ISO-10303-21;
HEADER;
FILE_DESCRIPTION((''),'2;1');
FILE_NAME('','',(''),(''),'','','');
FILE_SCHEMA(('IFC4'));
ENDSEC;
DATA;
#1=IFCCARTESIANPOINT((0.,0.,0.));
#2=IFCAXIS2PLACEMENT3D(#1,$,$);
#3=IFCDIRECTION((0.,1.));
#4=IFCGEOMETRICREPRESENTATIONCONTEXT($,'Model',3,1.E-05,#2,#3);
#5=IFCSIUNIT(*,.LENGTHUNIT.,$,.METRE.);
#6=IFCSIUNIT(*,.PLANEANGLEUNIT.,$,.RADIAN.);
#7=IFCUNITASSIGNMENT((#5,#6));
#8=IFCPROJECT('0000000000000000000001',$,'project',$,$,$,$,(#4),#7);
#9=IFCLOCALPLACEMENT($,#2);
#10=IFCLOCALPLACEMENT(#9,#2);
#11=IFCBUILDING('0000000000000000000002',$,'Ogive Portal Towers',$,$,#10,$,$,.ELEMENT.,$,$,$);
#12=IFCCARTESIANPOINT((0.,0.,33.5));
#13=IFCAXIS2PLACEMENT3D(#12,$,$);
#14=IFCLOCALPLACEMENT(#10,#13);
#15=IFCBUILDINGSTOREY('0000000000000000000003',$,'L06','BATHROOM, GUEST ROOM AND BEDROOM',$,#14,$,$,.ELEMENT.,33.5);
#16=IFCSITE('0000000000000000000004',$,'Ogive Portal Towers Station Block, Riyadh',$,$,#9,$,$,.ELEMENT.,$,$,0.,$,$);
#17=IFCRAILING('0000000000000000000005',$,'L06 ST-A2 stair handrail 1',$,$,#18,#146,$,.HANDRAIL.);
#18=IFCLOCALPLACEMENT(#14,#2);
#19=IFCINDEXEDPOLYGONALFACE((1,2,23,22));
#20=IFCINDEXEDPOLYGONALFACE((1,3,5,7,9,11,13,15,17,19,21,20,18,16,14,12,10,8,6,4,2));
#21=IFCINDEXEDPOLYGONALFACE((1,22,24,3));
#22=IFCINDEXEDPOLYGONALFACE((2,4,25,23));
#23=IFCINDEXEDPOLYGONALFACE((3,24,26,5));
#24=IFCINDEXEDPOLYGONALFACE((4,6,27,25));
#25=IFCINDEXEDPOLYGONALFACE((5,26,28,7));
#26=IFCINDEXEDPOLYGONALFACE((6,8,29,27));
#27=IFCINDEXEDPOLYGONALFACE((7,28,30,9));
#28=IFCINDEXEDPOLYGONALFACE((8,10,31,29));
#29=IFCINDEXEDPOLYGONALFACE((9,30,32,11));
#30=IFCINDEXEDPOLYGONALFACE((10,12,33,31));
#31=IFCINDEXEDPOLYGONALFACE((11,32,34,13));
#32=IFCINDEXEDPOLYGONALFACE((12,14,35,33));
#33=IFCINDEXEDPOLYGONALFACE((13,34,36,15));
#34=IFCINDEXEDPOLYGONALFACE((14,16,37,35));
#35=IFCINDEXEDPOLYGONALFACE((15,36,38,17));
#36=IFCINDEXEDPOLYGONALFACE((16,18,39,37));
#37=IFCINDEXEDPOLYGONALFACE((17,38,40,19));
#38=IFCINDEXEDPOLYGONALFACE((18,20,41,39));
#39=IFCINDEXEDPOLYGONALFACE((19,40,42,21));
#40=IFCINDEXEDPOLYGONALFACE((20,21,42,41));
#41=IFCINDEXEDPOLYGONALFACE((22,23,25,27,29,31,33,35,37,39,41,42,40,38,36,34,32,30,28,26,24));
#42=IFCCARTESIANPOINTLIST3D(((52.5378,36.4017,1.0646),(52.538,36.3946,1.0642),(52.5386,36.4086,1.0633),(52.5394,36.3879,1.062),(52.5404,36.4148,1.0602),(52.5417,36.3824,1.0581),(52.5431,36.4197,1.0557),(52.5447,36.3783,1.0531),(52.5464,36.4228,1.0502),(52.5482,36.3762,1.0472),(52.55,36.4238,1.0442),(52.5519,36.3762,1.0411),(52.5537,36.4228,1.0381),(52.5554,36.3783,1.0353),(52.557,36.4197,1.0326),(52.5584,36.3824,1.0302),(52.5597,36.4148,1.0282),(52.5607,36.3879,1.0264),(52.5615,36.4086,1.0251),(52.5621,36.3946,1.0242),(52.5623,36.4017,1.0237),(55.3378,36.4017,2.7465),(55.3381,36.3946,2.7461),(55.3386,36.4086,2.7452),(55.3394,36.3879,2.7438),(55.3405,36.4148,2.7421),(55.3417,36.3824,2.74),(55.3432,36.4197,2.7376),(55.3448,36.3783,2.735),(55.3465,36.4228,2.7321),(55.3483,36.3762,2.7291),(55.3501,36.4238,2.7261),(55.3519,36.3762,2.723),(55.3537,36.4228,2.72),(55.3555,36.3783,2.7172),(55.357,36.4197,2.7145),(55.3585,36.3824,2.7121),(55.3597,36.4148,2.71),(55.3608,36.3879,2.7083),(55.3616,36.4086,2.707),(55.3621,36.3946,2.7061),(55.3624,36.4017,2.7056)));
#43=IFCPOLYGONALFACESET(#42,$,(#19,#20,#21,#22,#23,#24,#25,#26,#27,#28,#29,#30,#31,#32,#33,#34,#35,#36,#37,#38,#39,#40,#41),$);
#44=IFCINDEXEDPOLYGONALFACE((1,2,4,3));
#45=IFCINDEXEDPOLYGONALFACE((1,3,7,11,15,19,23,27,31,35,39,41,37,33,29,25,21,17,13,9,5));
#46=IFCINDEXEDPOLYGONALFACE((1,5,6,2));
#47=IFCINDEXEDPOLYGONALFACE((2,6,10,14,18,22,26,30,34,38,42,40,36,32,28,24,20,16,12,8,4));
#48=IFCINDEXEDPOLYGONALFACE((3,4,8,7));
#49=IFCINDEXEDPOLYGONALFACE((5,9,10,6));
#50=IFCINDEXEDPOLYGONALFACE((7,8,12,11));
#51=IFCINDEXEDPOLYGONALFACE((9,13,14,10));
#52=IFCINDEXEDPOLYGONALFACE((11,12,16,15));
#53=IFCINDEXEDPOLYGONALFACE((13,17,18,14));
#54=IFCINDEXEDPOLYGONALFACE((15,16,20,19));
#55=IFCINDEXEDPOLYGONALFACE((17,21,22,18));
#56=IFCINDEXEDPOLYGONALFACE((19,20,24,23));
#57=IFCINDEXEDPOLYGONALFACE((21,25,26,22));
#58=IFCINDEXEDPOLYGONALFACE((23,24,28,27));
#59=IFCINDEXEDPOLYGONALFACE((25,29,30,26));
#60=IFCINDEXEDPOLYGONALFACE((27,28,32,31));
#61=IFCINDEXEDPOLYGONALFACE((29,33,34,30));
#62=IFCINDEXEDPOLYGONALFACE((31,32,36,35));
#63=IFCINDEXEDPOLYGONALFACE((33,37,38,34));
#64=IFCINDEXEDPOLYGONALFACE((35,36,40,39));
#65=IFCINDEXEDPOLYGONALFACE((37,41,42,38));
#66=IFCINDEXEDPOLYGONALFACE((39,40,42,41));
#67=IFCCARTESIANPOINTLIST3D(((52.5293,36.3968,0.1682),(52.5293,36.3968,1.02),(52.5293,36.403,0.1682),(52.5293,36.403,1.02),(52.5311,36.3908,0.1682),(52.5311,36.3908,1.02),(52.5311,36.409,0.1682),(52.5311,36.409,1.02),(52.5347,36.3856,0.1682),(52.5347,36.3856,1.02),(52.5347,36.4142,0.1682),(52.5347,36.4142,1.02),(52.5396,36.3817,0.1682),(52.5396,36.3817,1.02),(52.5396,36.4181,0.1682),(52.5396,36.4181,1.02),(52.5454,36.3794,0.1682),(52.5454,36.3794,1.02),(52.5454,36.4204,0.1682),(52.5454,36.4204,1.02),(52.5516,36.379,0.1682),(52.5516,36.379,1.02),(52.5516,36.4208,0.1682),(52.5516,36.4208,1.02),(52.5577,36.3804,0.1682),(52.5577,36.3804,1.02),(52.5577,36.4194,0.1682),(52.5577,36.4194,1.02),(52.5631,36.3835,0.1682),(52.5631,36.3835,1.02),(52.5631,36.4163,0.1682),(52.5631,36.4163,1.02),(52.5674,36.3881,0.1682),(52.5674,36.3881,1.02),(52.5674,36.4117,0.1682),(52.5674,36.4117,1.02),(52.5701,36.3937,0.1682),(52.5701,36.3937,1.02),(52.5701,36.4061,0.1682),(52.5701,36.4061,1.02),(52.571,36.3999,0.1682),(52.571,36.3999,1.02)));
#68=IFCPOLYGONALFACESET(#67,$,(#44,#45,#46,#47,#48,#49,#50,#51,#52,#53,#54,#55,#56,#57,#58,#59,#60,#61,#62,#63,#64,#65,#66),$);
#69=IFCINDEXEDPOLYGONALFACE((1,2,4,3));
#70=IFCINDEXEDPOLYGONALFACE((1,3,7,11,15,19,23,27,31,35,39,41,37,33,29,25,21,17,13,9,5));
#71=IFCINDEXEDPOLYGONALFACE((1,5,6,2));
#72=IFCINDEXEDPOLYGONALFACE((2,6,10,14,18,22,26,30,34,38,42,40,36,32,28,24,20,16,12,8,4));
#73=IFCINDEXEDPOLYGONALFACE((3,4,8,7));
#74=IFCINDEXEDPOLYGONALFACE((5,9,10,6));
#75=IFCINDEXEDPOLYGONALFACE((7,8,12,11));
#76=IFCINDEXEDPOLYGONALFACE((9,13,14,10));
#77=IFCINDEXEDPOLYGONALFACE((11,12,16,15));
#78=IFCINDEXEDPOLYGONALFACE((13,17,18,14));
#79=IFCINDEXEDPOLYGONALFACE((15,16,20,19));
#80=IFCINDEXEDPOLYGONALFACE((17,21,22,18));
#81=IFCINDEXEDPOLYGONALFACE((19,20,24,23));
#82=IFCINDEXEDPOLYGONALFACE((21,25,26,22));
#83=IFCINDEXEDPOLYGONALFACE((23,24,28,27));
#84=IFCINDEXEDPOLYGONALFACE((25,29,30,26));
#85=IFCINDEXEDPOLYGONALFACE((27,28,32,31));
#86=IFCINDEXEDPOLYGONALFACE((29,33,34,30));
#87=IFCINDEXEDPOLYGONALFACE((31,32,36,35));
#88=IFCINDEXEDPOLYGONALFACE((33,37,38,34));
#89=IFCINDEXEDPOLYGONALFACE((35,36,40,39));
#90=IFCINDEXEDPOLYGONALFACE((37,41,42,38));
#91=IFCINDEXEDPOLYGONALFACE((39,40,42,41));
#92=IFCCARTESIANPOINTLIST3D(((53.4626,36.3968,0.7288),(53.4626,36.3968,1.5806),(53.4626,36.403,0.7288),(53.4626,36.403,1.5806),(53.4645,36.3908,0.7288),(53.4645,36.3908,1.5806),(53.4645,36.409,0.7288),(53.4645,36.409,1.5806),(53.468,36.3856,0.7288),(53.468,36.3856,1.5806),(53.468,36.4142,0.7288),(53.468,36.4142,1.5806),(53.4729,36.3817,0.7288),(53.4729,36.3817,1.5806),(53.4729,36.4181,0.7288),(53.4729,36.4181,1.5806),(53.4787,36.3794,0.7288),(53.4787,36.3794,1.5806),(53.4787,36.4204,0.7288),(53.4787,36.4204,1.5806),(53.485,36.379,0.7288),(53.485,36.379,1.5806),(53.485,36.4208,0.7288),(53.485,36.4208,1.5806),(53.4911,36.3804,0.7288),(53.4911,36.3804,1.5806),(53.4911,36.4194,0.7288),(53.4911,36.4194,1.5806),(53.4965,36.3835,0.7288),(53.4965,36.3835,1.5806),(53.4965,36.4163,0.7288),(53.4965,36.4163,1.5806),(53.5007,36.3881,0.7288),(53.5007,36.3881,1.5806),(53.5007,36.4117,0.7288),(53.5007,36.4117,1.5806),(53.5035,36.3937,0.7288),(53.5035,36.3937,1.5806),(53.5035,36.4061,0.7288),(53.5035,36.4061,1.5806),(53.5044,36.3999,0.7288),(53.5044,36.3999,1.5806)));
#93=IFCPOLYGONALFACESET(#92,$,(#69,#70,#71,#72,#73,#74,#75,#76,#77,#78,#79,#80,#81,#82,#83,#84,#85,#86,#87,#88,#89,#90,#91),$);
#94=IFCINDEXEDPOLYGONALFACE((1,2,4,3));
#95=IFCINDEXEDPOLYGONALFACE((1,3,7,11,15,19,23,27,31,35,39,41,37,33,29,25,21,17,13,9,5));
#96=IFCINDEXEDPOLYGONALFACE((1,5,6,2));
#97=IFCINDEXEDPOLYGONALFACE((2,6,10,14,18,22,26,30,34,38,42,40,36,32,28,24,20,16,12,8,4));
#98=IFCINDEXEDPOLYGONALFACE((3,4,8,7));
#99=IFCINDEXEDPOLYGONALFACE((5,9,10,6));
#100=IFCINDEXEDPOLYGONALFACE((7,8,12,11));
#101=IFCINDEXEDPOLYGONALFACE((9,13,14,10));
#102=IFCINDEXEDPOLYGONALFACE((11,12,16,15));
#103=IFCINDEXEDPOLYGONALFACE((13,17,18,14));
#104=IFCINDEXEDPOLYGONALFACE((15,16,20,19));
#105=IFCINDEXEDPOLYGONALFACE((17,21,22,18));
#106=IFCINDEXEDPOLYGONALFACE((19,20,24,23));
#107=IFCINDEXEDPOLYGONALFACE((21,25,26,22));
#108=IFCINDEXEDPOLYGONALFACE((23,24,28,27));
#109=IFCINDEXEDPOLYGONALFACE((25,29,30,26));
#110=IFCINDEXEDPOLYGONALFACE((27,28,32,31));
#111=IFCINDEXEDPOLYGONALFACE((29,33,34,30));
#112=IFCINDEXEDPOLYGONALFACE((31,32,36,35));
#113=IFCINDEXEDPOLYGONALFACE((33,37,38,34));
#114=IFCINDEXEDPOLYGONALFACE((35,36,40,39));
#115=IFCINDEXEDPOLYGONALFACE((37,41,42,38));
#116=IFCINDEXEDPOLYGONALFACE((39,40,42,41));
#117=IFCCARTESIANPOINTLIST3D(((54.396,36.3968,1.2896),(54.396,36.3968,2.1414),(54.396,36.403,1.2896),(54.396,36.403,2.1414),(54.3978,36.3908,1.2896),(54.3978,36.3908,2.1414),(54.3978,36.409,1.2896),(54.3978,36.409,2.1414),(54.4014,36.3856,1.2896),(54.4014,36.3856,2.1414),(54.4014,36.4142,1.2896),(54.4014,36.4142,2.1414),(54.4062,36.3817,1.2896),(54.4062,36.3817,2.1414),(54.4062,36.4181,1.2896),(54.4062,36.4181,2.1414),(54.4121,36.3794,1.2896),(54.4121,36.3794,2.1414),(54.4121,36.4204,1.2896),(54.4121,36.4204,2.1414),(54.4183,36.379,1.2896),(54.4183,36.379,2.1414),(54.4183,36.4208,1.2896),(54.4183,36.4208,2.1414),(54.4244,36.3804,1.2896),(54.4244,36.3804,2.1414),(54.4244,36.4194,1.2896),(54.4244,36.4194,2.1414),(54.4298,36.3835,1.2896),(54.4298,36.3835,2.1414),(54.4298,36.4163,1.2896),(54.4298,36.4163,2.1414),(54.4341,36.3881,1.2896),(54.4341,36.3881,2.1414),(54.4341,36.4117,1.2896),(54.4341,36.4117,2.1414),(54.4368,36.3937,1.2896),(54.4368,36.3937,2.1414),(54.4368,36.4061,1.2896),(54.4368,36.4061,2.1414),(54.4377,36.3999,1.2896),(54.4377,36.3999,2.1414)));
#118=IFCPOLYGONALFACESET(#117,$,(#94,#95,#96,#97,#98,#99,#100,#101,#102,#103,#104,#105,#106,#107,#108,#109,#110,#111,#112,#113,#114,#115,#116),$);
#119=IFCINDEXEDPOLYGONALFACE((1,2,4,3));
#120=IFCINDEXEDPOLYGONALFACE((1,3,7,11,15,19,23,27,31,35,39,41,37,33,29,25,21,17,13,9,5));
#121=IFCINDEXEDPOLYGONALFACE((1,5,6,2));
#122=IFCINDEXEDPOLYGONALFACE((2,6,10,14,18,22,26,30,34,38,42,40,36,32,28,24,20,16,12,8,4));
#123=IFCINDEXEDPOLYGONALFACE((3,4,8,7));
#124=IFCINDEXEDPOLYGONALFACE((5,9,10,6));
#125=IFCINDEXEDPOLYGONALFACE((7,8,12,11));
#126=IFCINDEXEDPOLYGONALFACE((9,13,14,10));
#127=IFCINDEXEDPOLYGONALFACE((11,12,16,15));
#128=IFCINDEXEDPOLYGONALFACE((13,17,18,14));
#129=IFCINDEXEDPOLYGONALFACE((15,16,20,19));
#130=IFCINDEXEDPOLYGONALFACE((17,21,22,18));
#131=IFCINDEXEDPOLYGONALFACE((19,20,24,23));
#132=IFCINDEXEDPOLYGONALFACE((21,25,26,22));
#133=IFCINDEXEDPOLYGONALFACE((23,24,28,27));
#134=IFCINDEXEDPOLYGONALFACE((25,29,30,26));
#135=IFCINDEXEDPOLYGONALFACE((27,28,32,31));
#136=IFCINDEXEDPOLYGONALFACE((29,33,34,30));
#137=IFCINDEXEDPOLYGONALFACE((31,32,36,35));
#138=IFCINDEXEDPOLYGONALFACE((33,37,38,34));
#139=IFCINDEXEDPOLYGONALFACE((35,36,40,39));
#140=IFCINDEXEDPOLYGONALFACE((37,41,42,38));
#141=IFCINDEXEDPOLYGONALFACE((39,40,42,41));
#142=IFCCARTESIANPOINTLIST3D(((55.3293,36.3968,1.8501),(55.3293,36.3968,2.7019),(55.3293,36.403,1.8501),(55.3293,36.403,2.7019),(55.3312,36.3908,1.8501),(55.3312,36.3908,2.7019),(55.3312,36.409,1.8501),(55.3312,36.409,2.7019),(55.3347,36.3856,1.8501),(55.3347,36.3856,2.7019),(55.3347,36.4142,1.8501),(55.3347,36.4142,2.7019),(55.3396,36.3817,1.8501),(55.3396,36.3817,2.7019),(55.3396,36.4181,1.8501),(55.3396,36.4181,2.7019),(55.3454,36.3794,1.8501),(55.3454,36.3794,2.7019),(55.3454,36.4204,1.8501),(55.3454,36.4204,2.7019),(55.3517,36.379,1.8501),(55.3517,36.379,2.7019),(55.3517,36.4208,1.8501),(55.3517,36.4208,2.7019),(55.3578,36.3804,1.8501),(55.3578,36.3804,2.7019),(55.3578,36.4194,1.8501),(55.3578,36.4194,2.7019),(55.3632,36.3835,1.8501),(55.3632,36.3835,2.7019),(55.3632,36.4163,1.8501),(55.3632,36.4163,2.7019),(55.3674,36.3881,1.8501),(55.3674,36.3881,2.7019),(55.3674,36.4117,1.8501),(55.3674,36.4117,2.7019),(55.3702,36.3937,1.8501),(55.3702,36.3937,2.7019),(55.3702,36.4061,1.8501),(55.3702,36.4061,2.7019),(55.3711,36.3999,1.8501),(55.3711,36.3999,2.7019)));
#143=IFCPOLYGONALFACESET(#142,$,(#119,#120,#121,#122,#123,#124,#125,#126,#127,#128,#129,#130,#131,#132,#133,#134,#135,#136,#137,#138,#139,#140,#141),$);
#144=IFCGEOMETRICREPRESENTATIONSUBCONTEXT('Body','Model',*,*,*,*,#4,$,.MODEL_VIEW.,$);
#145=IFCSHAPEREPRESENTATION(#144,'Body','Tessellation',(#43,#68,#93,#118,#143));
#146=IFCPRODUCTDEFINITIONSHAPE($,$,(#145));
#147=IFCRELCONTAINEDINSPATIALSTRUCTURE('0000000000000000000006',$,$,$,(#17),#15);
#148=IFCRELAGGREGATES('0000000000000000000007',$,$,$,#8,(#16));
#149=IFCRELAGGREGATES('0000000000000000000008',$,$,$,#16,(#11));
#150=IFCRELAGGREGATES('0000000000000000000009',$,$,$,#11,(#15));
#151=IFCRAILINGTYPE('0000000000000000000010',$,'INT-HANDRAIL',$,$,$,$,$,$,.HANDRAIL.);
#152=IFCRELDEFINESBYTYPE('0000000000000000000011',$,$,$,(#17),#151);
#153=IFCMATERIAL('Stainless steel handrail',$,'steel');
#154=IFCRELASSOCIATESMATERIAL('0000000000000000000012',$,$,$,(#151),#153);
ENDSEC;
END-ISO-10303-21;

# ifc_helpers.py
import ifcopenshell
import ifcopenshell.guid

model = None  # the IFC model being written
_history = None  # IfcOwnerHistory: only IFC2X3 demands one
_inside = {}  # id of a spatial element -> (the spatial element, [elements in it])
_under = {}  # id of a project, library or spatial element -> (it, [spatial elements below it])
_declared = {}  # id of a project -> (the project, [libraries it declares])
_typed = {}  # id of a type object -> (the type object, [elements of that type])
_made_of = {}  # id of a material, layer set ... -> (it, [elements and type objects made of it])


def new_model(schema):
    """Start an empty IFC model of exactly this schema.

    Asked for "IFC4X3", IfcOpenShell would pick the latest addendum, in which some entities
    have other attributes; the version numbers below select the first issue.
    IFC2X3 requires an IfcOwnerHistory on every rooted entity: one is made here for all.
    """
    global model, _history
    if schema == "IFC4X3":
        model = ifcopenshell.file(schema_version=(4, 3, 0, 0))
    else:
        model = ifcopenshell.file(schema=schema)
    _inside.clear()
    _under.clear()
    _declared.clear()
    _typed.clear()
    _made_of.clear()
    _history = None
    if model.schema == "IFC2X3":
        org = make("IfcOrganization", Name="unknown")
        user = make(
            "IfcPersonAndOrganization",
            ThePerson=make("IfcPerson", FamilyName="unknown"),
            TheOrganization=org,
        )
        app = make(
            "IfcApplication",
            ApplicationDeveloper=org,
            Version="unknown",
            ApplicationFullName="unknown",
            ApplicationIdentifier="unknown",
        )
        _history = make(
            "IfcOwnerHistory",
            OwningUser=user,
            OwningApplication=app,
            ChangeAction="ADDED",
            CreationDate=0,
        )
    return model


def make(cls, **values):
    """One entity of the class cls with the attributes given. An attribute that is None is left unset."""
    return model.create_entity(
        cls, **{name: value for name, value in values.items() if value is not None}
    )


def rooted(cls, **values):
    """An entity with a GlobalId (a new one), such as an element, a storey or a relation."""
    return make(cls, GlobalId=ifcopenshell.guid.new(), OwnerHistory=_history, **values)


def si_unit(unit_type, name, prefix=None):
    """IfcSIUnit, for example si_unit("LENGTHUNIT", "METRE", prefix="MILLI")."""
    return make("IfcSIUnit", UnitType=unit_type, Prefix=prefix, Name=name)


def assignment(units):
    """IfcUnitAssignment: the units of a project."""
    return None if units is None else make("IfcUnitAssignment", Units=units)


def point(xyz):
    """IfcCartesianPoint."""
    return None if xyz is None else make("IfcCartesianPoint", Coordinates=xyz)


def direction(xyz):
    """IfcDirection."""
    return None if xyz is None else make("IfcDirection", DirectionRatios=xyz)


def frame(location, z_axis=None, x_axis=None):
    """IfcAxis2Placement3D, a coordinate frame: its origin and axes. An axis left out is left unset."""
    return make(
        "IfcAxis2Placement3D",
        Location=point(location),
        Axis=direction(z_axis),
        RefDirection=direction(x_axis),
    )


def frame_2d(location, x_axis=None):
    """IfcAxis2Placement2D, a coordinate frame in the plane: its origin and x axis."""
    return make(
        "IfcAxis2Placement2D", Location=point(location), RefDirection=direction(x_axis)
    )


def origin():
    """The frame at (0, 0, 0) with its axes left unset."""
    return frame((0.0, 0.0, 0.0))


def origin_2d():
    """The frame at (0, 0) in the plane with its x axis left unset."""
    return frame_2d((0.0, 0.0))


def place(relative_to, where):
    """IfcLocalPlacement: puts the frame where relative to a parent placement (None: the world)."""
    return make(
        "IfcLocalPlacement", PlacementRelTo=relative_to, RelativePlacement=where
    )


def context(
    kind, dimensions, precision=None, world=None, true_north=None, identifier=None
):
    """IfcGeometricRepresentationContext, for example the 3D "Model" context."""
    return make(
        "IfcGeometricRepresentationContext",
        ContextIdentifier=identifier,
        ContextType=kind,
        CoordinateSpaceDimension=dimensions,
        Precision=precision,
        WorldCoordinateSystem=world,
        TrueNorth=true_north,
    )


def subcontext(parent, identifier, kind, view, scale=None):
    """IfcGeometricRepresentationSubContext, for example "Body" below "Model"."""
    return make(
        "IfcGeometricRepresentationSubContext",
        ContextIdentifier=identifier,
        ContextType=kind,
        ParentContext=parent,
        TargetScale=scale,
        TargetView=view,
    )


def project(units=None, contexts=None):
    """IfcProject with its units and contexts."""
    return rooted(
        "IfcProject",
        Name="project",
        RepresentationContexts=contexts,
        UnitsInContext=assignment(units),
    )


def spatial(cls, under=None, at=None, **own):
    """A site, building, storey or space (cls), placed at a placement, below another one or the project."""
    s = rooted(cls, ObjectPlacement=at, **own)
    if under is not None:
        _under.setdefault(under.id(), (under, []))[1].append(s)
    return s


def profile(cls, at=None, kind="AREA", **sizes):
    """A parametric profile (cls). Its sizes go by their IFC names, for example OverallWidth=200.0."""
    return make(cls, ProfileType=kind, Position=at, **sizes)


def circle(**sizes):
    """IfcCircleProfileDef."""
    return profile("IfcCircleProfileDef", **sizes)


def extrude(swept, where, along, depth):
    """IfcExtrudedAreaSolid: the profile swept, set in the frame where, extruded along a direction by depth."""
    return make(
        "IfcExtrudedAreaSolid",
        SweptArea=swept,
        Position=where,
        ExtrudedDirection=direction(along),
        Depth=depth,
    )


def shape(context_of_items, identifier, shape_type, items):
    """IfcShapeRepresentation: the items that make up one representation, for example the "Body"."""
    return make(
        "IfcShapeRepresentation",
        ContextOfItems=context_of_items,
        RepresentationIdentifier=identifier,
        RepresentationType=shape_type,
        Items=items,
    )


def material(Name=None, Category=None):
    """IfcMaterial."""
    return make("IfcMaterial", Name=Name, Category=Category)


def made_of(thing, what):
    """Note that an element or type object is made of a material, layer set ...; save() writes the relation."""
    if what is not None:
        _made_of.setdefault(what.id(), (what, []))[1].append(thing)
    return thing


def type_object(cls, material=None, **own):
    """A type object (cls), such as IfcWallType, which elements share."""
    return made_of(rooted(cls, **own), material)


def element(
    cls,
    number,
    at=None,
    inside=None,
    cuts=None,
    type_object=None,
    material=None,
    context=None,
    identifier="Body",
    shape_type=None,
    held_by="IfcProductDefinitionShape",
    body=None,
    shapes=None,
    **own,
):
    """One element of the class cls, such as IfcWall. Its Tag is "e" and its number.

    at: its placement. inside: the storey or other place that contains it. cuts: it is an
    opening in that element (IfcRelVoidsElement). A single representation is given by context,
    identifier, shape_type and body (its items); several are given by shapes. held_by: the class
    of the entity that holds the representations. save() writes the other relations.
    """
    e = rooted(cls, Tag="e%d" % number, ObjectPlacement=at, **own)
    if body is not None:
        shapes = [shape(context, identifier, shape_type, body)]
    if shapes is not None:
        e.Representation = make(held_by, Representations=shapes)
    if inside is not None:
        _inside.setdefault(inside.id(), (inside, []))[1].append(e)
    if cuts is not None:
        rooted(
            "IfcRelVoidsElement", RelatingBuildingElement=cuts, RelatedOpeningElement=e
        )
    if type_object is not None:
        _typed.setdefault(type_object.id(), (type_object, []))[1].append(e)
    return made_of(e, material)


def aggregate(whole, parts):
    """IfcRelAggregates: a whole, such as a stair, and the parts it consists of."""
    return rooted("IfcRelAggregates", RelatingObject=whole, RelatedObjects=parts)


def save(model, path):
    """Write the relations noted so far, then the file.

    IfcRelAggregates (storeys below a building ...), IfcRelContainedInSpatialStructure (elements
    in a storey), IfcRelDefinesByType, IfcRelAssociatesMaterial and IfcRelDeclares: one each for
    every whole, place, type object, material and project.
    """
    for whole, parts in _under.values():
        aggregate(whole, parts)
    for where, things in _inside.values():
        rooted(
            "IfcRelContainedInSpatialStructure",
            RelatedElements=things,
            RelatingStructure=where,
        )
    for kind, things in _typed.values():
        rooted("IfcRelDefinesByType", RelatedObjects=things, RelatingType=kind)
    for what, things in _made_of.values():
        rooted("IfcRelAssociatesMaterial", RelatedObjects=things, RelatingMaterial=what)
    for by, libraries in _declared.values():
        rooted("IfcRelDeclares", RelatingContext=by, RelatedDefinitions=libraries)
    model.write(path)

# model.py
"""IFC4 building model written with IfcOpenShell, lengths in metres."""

from ifc_helpers import new_model, si_unit, direction, frame, origin, origin_2d, place, context, subcontext, project, spatial, circle, extrude, material, type_object, element, save


model = new_model("IFC4")

# Units and contexts
model_context = context("Model", 3, precision=1e-05, world=origin(), true_north=direction((0.0, 1.0)))
body_context = subcontext(model_context, "Body", "Model", "MODEL_VIEW")
ifc_project = project(units=[si_unit("LENGTHUNIT", "METRE"), si_unit("PLANEANGLEUNIT", "RADIAN")], contexts=[model_context])

# Site, building, storey
site_placement = place(None, origin())
site = spatial("IfcSite", under=ifc_project, at=site_placement, Name="Ogive Portal Towers Station Block, Riyadh", CompositionType="ELEMENT", RefElevation=0.0)
building_placement = place(site_placement, origin())
building = spatial("IfcBuilding", under=site, at=building_placement, Name="Ogive Portal Towers", CompositionType="ELEMENT")
storey_placement = place(building_placement, frame((0.0, 0.0, 33.5)))
storey = spatial("IfcBuildingStorey", under=building, at=storey_placement, Name="L06", Description="BATHROOM, GUEST ROOM AND BEDROOM", CompositionType="ELEMENT", Elevation=33.5)

# Railing
ifc_material_1 = material(Name="Stainless steel handrail", Category="steel")
railing_type_1 = type_object("IfcRailingType", Name="INT-HANDRAIL", PredefinedType="HANDRAIL", material=ifc_material_1)
railing_1_placement = place(storey_placement, frame((52.55, 36.3999, 0.1682)))
element("IfcRailing", 1, at=railing_1_placement, inside=storey, type_object=railing_type_1, Name="L06 ST-A2 stair handrail 1", PredefinedType="HANDRAIL", context=body_context, shape_type="SweptSolid", body=[
    extrude(circle(Radius=0.0239, at=origin_2d()), frame((0.0, 0.0, 0.876), z_axis=(0.857242, 0.0, 0.514913), x_axis=(0.0, 1.0, 0.0)), (0.0, 0.0, 1.0), 3.2664),
    extrude(circle(Radius=0.021, at=origin_2d()), origin(), (0.0, 0.0, 1.0), 0.8518),
    extrude(circle(Radius=0.021, at=origin_2d()), frame((0.9333, 0.0, 0.5605)), (0.0, 0.0, 1.0), 0.8518),
    extrude(circle(Radius=0.021, at=origin_2d()), frame((1.8667, 0.0, 1.1213)), (0.0, 0.0, 1.0), 0.8518),
    extrude(circle(Radius=0.021, at=origin_2d()), frame((2.8, 0.0, 1.6819)), (0.0, 0.0, 1.0), 0.8518),
])

save(model, "model.ifc")
